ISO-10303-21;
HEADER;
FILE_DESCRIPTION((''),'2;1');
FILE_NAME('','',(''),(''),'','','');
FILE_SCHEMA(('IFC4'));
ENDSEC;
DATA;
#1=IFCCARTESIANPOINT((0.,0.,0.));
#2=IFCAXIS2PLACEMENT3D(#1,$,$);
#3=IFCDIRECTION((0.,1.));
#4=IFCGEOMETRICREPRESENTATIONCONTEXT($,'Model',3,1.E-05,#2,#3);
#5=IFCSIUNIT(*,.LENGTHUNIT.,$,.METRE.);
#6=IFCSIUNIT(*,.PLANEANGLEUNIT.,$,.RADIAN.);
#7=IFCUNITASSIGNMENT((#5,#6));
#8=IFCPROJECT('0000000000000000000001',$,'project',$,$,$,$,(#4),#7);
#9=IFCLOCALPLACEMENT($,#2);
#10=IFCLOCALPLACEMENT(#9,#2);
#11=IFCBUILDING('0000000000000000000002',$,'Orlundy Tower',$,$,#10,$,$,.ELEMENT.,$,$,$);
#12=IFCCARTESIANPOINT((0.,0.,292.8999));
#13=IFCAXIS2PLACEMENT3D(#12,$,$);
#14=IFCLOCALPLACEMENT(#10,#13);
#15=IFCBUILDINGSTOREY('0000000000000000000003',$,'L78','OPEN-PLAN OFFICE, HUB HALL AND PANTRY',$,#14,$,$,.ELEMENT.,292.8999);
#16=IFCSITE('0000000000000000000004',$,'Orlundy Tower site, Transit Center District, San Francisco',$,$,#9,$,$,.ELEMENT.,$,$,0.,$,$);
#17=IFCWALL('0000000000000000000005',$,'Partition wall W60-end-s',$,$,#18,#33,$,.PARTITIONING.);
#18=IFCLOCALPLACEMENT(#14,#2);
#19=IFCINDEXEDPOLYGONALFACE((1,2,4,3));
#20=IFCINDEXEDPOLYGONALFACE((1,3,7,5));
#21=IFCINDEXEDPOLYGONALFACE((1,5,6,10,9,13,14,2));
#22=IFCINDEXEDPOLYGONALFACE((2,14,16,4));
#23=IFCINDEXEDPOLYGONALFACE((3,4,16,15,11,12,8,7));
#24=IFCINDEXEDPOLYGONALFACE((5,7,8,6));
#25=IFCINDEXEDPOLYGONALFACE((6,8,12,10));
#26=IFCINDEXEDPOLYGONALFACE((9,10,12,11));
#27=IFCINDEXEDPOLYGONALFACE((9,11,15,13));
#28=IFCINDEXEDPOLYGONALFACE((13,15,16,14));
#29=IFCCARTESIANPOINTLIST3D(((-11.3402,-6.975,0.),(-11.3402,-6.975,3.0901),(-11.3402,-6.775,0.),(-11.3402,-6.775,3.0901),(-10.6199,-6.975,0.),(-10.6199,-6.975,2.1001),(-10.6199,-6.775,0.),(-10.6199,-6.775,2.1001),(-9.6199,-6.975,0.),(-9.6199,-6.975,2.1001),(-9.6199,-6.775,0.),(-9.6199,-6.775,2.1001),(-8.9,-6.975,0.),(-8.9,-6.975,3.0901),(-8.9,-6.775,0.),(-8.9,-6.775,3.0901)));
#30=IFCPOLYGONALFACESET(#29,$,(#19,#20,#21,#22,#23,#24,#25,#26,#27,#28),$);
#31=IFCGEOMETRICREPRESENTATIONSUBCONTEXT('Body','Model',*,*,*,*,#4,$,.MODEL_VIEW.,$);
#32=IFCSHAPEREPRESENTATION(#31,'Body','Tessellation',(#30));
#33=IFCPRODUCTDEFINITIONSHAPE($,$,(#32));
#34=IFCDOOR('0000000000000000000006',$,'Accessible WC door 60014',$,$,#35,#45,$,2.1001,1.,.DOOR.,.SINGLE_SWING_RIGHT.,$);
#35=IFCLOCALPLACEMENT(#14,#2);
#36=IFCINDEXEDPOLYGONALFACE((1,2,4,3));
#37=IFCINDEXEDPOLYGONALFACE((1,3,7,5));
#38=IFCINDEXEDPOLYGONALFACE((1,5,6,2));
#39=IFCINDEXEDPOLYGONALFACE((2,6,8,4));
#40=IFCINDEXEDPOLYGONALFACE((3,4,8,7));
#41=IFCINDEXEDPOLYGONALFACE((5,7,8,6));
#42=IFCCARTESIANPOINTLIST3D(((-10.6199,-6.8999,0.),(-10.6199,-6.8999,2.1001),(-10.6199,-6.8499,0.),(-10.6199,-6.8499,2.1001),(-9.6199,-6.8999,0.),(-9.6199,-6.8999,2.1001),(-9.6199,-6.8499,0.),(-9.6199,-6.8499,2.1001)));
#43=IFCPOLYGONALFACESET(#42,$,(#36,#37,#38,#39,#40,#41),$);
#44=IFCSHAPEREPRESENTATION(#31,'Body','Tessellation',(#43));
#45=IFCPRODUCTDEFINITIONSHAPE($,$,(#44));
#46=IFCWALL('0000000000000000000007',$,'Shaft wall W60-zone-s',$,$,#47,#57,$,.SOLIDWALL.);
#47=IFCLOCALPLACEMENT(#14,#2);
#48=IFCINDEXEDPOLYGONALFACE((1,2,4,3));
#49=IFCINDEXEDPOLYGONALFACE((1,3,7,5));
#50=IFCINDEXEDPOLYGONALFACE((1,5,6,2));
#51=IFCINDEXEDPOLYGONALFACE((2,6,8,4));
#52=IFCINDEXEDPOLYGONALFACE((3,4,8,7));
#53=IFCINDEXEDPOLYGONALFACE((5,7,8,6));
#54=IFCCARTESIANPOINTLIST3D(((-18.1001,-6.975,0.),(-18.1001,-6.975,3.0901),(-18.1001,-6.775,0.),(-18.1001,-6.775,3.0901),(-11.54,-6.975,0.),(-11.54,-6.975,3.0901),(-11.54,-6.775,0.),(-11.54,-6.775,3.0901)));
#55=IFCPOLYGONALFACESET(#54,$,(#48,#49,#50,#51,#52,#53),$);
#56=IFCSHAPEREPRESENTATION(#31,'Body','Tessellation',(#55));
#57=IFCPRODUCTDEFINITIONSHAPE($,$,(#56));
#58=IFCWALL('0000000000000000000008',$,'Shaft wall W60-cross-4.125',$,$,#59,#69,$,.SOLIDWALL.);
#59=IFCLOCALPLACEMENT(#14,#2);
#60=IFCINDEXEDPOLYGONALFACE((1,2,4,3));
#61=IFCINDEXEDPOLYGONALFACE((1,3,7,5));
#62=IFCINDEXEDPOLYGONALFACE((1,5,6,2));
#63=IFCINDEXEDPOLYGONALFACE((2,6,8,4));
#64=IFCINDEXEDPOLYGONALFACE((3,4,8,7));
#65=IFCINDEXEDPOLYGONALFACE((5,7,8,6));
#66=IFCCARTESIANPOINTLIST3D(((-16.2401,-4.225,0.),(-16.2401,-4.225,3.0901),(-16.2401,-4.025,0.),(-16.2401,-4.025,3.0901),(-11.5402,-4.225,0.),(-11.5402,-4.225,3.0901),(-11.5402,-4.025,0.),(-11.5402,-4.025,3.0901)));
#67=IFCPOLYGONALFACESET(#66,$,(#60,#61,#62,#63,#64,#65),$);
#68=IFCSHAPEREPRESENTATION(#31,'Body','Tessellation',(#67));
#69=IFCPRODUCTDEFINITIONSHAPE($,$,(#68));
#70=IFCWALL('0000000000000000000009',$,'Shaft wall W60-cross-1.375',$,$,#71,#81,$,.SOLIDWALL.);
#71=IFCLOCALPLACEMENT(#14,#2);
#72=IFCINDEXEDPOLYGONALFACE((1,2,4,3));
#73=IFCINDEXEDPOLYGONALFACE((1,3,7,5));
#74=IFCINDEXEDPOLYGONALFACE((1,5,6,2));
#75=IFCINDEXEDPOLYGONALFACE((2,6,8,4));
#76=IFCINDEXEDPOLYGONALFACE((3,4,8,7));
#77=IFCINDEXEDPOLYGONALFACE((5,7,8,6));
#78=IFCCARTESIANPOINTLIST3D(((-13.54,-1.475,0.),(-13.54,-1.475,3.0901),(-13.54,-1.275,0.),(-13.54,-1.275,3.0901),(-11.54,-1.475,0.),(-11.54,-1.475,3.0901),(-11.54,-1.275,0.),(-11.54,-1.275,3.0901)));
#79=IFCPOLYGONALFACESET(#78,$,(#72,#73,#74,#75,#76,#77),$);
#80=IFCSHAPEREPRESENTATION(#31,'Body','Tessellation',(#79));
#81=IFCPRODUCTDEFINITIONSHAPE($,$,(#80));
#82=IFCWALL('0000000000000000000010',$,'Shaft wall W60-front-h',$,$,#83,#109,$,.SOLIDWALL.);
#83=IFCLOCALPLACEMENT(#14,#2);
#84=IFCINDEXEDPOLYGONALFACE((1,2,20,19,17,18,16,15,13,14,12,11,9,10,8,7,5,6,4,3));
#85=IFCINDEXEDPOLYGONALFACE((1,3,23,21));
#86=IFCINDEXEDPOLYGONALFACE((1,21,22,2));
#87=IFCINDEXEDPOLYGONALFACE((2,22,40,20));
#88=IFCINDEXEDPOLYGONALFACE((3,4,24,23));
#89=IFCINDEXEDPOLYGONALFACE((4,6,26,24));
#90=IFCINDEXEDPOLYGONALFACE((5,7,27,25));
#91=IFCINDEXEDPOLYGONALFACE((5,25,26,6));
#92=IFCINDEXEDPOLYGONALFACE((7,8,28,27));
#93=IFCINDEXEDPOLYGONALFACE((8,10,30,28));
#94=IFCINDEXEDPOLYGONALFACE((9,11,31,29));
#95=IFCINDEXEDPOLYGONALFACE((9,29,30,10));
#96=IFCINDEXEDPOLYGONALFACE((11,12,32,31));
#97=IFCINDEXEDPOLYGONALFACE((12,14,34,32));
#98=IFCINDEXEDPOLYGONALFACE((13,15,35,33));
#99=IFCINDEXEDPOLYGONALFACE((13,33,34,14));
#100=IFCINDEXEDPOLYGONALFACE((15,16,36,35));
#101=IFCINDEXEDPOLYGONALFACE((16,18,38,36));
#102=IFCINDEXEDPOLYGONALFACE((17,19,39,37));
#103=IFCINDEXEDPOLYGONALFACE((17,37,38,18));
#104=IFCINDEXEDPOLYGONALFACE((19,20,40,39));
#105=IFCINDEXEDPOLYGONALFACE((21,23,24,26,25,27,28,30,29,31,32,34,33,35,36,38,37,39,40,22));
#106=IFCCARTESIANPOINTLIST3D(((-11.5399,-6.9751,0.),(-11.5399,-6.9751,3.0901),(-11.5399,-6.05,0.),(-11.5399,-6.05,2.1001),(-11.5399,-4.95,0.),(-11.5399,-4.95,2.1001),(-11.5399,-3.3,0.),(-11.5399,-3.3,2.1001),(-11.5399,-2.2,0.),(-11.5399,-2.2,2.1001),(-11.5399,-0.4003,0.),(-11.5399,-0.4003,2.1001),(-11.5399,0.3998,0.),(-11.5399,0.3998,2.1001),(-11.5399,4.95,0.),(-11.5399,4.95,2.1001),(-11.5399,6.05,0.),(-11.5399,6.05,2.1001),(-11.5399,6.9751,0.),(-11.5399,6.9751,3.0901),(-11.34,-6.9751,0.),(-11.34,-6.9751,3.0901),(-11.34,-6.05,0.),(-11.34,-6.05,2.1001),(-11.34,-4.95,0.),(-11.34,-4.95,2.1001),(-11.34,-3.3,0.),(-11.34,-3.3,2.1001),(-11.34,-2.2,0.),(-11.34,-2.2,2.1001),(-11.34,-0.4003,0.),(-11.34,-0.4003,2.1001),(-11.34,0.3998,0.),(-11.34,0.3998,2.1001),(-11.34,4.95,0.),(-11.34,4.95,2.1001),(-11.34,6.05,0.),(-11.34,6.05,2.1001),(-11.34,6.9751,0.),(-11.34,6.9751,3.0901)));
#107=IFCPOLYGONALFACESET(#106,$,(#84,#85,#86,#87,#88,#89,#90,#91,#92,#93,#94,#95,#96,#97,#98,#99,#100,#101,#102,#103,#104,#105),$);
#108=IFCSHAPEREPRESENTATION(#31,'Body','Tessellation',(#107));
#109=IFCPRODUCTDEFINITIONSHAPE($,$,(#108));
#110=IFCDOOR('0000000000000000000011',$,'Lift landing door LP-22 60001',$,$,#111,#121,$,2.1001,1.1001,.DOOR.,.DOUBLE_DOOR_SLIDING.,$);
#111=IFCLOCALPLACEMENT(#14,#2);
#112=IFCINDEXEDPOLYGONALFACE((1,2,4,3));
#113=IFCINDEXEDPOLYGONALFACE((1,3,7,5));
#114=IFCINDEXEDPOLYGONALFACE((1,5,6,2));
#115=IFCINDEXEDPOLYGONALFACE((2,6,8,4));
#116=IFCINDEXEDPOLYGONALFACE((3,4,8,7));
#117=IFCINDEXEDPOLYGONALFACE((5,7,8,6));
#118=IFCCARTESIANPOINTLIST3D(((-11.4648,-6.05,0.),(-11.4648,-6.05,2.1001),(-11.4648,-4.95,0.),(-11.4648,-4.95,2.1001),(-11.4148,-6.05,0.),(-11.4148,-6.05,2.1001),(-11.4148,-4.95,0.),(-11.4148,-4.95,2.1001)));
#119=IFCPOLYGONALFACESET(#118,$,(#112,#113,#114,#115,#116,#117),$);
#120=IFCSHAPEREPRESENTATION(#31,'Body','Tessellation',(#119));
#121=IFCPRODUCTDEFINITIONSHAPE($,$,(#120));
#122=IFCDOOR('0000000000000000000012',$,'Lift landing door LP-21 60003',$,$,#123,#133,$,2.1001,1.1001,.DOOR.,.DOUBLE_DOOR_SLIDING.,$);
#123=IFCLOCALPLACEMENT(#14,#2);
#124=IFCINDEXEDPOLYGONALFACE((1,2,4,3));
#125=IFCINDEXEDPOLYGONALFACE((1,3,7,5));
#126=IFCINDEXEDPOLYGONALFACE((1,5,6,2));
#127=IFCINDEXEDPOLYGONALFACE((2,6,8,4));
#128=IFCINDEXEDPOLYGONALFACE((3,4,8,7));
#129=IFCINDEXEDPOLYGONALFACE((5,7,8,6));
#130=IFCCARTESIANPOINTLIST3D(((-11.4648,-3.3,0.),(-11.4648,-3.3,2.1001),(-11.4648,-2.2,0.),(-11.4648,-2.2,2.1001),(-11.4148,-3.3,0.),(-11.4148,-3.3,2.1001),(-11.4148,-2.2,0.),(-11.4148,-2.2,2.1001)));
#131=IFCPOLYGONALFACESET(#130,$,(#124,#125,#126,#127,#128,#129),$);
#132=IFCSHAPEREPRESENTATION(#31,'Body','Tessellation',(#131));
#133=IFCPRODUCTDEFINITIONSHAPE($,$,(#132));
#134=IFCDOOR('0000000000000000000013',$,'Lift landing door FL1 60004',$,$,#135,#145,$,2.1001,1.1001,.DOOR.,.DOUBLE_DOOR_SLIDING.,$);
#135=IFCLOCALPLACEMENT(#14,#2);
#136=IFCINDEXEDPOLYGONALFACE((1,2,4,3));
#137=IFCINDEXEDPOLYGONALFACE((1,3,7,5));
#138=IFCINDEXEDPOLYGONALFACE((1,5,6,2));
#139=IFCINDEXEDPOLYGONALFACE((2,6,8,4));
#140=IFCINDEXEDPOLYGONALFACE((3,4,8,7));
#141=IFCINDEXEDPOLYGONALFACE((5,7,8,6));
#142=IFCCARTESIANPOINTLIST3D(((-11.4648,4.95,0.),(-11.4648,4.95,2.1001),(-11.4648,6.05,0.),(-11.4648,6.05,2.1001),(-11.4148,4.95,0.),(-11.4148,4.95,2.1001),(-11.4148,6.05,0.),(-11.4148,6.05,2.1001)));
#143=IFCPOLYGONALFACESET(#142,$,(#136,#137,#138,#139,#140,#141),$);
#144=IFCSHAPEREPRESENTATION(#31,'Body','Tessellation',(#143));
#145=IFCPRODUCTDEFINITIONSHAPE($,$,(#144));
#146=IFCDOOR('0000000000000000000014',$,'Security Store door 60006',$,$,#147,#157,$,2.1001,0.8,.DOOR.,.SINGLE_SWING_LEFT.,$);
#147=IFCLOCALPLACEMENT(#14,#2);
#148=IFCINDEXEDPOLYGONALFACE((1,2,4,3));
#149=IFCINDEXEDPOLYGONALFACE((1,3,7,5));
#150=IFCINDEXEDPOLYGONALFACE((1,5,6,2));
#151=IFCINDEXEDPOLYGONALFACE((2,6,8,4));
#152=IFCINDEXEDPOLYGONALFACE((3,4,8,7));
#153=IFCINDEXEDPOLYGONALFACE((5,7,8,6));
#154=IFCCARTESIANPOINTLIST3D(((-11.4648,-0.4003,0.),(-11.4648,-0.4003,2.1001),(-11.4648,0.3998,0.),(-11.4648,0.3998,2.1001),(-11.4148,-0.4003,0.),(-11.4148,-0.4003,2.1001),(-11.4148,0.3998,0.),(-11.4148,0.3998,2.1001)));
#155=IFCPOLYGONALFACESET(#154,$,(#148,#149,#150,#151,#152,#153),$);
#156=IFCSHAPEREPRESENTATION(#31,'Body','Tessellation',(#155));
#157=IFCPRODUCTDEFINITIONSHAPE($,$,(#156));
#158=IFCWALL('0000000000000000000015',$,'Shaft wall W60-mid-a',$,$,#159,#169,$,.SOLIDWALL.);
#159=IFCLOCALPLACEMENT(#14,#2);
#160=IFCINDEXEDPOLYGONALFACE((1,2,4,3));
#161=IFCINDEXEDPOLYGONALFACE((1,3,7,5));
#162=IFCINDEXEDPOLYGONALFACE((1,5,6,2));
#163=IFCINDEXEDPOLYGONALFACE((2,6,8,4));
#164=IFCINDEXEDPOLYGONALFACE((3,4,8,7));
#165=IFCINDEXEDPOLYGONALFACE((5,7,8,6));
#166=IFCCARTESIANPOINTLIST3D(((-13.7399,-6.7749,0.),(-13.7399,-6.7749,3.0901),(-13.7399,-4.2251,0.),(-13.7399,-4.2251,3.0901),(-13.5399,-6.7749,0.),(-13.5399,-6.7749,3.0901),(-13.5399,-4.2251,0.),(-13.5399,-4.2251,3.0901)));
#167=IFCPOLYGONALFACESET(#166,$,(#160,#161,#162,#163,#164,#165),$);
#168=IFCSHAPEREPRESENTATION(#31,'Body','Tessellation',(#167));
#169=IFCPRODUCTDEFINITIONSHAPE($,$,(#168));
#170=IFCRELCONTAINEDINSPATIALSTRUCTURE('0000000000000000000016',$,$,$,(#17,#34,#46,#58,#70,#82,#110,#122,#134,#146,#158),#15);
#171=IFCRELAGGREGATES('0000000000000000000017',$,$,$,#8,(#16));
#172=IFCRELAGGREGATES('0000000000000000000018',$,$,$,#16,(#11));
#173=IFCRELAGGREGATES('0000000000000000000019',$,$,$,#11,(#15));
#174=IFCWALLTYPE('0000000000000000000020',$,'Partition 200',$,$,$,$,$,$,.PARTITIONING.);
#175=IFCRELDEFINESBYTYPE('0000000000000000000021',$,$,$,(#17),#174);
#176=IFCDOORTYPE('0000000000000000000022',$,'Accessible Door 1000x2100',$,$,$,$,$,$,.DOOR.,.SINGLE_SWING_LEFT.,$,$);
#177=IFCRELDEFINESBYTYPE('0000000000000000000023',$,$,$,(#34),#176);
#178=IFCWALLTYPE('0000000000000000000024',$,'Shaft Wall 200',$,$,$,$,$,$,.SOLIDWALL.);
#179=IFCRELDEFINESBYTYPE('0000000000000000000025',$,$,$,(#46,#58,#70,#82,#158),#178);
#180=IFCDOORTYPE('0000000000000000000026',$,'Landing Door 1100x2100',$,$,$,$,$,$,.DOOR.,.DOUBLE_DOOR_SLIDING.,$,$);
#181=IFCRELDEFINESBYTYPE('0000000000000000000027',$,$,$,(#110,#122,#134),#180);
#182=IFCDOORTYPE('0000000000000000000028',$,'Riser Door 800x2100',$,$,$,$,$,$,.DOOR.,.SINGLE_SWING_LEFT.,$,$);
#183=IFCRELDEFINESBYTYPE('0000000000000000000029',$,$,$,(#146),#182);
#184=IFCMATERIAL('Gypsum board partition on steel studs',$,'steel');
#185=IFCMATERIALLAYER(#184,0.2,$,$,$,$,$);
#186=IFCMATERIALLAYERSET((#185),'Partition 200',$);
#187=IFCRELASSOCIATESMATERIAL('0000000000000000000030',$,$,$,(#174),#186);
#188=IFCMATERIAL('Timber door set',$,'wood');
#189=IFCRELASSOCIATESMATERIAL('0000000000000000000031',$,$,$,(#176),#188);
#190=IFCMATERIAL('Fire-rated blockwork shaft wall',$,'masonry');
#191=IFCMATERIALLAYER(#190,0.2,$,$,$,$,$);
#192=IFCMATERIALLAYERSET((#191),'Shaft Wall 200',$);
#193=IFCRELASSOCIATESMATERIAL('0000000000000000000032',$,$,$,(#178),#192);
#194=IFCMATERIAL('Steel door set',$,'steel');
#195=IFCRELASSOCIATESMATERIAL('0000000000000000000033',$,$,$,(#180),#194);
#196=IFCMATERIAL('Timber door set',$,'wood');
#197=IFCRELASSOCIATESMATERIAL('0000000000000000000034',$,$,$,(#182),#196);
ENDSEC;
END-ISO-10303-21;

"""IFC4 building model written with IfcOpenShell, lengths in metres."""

from ifc_helpers import new_model, si_unit, direction, frame, frame_2d, origin, place, context, subcontext, project, spatial, rectangle, extrude, material, layer, layer_set, type_object, element, fill, save


model = new_model("IFC4")

# Units and contexts
model_context = context("Model", 3, precision=1e-05, world=origin(), true_north=direction((0.0, 1.0)))
body_context = subcontext(model_context, "Body", "Model", "MODEL_VIEW")
ifc_project = project(units=[si_unit("LENGTHUNIT", "METRE"), si_unit("PLANEANGLEUNIT", "RADIAN")], contexts=[model_context])

# Site, building, storey
site_placement = place(None, origin())
site = spatial("IfcSite", under=ifc_project, at=site_placement, Name="Orlundy Tower site, Transit Center District, San Francisco", CompositionType="ELEMENT", RefElevation=0.0)
building_placement = place(site_placement, origin())
building = spatial("IfcBuilding", under=site, at=building_placement, Name="Orlundy Tower", CompositionType="ELEMENT")
storey_placement = place(building_placement, frame((0.0, 0.0, 292.8999)))
storey = spatial("IfcBuildingStorey", under=building, at=storey_placement, Name="L78", Description="OPEN-PLAN OFFICE, HUB HALL AND PANTRY", CompositionType="ELEMENT", Elevation=292.8999)

# Wall, opening, door
ifc_material_1 = material(Name="Gypsum board partition on steel studs", Category="steel")
ifc_layer_1 = layer(ifc_material_1, 0.2)
ifc_layer_set_1 = layer_set([ifc_layer_1], Name="Partition 200")
wall_type_1 = type_object("IfcWallType", Name="Partition 200", PredefinedType="PARTITIONING", material=ifc_layer_set_1)
wall_1_placement = place(storey_placement, frame((-8.8999, -6.875, 0.0), z_axis=(0.0, 0.0, 1.0), x_axis=(-1.0, 0.0, 0.0)))
wall_1 = element("IfcWall", 1, at=wall_1_placement, inside=storey, type_object=wall_type_1, Name="Partition wall W60-end-s", PredefinedType="PARTITIONING", context=body_context, shape_type="SweptSolid", body=[
    extrude(rectangle(XDim=2.4402, YDim=0.2, at=frame_2d((1.2202, 0.0))), origin(), (0.0, 0.0, 1.0), 3.0901),
])
opening_1_placement = place(wall_1_placement, frame((0.72, 0.0, 0.0)))
opening_1 = element("IfcOpeningElement", 2, at=opening_1_placement, cuts=wall_1, PredefinedType="OPENING", context=body_context, shape_type="SweptSolid", body=[
    extrude(rectangle(XDim=1.0, YDim=2.1001, at=frame_2d((0.5, 1.05))), frame((0.0, 0.1101, 0.0), z_axis=(0.0, -1.0, 0.0), x_axis=(1.0, 0.0, 0.0)), (0.0, 0.0, 1.0), 0.2202),
])
ifc_material_2 = material(Name="Timber door set", Category="wood")
door_type_1 = type_object("IfcDoorType", Name="Accessible Door 1000x2100", OperationType="SINGLE_SWING_LEFT", PredefinedType="DOOR", material=ifc_material_2)
door_1_placement = place(opening_1_placement, origin())
door_1 = element("IfcDoor", 3, at=door_1_placement, inside=storey, type_object=door_type_1, Name="Accessible WC door 60014", OperationType="SINGLE_SWING_RIGHT", OverallHeight=2.1001, OverallWidth=1.0, PredefinedType="DOOR", context=body_context, shape_type="SweptSolid", body=[
    extrude(rectangle(XDim=1.0, YDim=2.1001, at=frame_2d((0.5, 1.05))), frame((0.0, 0.0249, 0.0), z_axis=(0.0, -1.0, 0.0), x_axis=(1.0, 0.0, 0.0)), (0.0, 0.0, 1.0), 0.05),
])
fill(opening_1, door_1)

# Walls
ifc_material_3 = material(Name="Fire-rated blockwork shaft wall", Category="masonry")
ifc_layer_2 = layer(ifc_material_3, 0.2)
ifc_layer_set_2 = layer_set([ifc_layer_2], Name="Shaft Wall 200")
wall_type_2 = type_object("IfcWallType", Name="Shaft Wall 200", PredefinedType="SOLIDWALL", material=ifc_layer_set_2)
wall_2_placement = place(storey_placement, frame((-11.54, -6.875, 0.0), z_axis=(0.0, 0.0, 1.0), x_axis=(-1.0, 0.0, 0.0)))
element("IfcWall", 4, at=wall_2_placement, inside=storey, type_object=wall_type_2, Name="Shaft wall W60-zone-s", PredefinedType="SOLIDWALL", context=body_context, shape_type="SweptSolid", body=[
    extrude(rectangle(XDim=6.5601, YDim=0.2, at=frame_2d((3.28, 0.0))), origin(), (0.0, 0.0, 1.0), 3.0901),
])
wall_3_placement = place(storey_placement, frame((-11.54, -4.125, 0.0), z_axis=(0.0, 0.0, 1.0), x_axis=(-1.0, 0.0, 0.0)))
element("IfcWall", 5, at=wall_3_placement, inside=storey, type_object=wall_type_2, Name="Shaft wall W60-cross-4.125", PredefinedType="SOLIDWALL", context=body_context, shape_type="SweptSolid", body=[
    extrude(rectangle(XDim=4.7, YDim=0.2, at=frame_2d((2.3501, 0.0))), origin(), (0.0, 0.0, 1.0), 3.0901),
])
wall_4_placement = place(storey_placement, frame((-11.54, -1.375, 0.0), z_axis=(0.0, 0.0, 1.0), x_axis=(-1.0, 0.0, 0.0)))
element("IfcWall", 6, at=wall_4_placement, inside=storey, type_object=wall_type_2, Name="Shaft wall W60-cross-1.375", PredefinedType="SOLIDWALL", context=body_context, shape_type="SweptSolid", body=[
    extrude(rectangle(XDim=2.0, YDim=0.2, at=frame_2d((1.0, 0.0))), origin(), (0.0, 0.0, 1.0), 3.0901),
])

# Wall, openings, doors
wall_5_placement = place(storey_placement, frame((-11.4399, -6.9751, 0.0), z_axis=(0.0, 0.0, 1.0), x_axis=(0.0, 1.0, 0.0)))
wall_5 = element("IfcWall", 7, at=wall_5_placement, inside=storey, type_object=wall_type_2, Name="Shaft wall W60-front-h", PredefinedType="SOLIDWALL", context=body_context, shape_type="SweptSolid", body=[
    extrude(rectangle(XDim=13.9502, YDim=0.2, at=frame_2d((6.9751, 0.0))), origin(), (0.0, 0.0, 1.0), 3.0901),
])
opening_2_placement = place(wall_5_placement, frame((0.925, 0.0, 0.0)))
opening_2 = element("IfcOpeningElement", 8, at=opening_2_placement, cuts=wall_5, PredefinedType="OPENING", context=body_context, shape_type="SweptSolid", body=[
    extrude(rectangle(XDim=1.1001, YDim=2.1001, at=frame_2d((0.55, 1.05))), frame((0.0, 0.1101, 0.0), z_axis=(0.0, -1.0, 0.0), x_axis=(1.0, 0.0, 0.0)), (0.0, 0.0, 1.0), 0.2202),
])
opening_3_placement = place(wall_5_placement, frame((3.675, 0.0, 0.0)))
opening_3 = element("IfcOpeningElement", 9, at=opening_3_placement, cuts=wall_5, PredefinedType="OPENING", context=body_context, shape_type="SweptSolid", body=[
    extrude(rectangle(XDim=1.1001, YDim=2.1001, at=frame_2d((0.55, 1.05))), frame((0.0, 0.1101, 0.0), z_axis=(0.0, -1.0, 0.0), x_axis=(1.0, 0.0, 0.0)), (0.0, 0.0, 1.0), 0.2202),
])
opening_4_placement = place(wall_5_placement, frame((11.925, 0.0, 0.0)))
opening_4 = element("IfcOpeningElement", 10, at=opening_4_placement, cuts=wall_5, PredefinedType="OPENING", context=body_context, shape_type="SweptSolid", body=[
    extrude(rectangle(XDim=1.1001, YDim=2.1001, at=frame_2d((0.55, 1.05))), frame((0.0, 0.1101, 0.0), z_axis=(0.0, -1.0, 0.0), x_axis=(1.0, 0.0, 0.0)), (0.0, 0.0, 1.0), 0.2202),
])
opening_5_placement = place(wall_5_placement, frame((6.575, 0.0, 0.0)))
opening_5 = element("IfcOpeningElement", 11, at=opening_5_placement, cuts=wall_5, PredefinedType="OPENING", context=body_context, shape_type="SweptSolid", body=[
    extrude(rectangle(XDim=0.8, YDim=2.1001, at=frame_2d((0.3999, 1.05))), frame((0.0, 0.1101, 0.0), z_axis=(0.0, -1.0, 0.0), x_axis=(1.0, 0.0, 0.0)), (0.0, 0.0, 1.0), 0.2202),
])
ifc_material_4 = material(Name="Steel door set", Category="steel")
door_type_2 = type_object("IfcDoorType", Name="Landing Door 1100x2100", OperationType="DOUBLE_DOOR_SLIDING", PredefinedType="DOOR", material=ifc_material_4)
door_2_placement = place(opening_2_placement, origin())
door_2 = element("IfcDoor", 12, at=door_2_placement, inside=storey, type_object=door_type_2, Name="Lift landing door LP-22 60001", OperationType="DOUBLE_DOOR_SLIDING", OverallHeight=2.1001, OverallWidth=1.1001, PredefinedType="DOOR", context=body_context, shape_type="SweptSolid", body=[
    extrude(rectangle(XDim=1.1001, YDim=2.1001, at=frame_2d((0.55, 1.05))), frame((0.0, 0.0249, 0.0), z_axis=(0.0, -1.0, 0.0), x_axis=(1.0, 0.0, 0.0)), (0.0, 0.0, 1.0), 0.05),
])
fill(opening_2, door_2)
door_3_placement = place(opening_3_placement, origin())
door_3 = element("IfcDoor", 13, at=door_3_placement, inside=storey, type_object=door_type_2, Name="Lift landing door LP-21 60003", OperationType="DOUBLE_DOOR_SLIDING", OverallHeight=2.1001, OverallWidth=1.1001, PredefinedType="DOOR", context=body_context, shape_type="SweptSolid", body=[
    extrude(rectangle(XDim=1.1001, YDim=2.1001, at=frame_2d((0.55, 1.05))), frame((0.0, 0.0249, 0.0), z_axis=(0.0, -1.0, 0.0), x_axis=(1.0, 0.0, 0.0)), (0.0, 0.0, 1.0), 0.05),
])
fill(opening_3, door_3)
door_4_placement = place(opening_4_placement, origin())
door_4 = element("IfcDoor", 14, at=door_4_placement, inside=storey, type_object=door_type_2, Name="Lift landing door FL1 60004", OperationType="DOUBLE_DOOR_SLIDING", OverallHeight=2.1001, OverallWidth=1.1001, PredefinedType="DOOR", context=body_context, shape_type="SweptSolid", body=[
    extrude(rectangle(XDim=1.1001, YDim=2.1001, at=frame_2d((0.55, 1.05))), frame((0.0, 0.0249, 0.0), z_axis=(0.0, -1.0, 0.0), x_axis=(1.0, 0.0, 0.0)), (0.0, 0.0, 1.0), 0.05),
])
fill(opening_4, door_4)
ifc_material_5 = material(Name="Timber door set", Category="wood")
door_type_3 = type_object("IfcDoorType", Name="Riser Door 800x2100", OperationType="SINGLE_SWING_LEFT", PredefinedType="DOOR", material=ifc_material_5)
door_5_placement = place(opening_5_placement, origin())
door_5 = element("IfcDoor", 15, at=door_5_placement, inside=storey, type_object=door_type_3, Name="Security Store door 60006", OperationType="SINGLE_SWING_LEFT", OverallHeight=2.1001, OverallWidth=0.8, PredefinedType="DOOR", context=body_context, shape_type="SweptSolid", body=[
    extrude(rectangle(XDim=0.8, YDim=2.1001, at=frame_2d((0.3999, 1.05))), frame((0.0, 0.0249, 0.0), z_axis=(0.0, -1.0, 0.0), x_axis=(1.0, 0.0, 0.0)), (0.0, 0.0, 1.0), 0.05),
])
fill(opening_5, door_5)

# Wall
wall_6_placement = place(storey_placement, frame((-13.6399, -6.7749, 0.0), z_axis=(0.0, 0.0, 1.0), x_axis=(0.0, 1.0, 0.0)))
element("IfcWall", 16, at=wall_6_placement, inside=storey, type_object=wall_type_2, Name="Shaft wall W60-mid-a", PredefinedType="SOLIDWALL", context=body_context, shape_type="SweptSolid", body=[
    extrude(rectangle(XDim=2.5498, YDim=0.2, at=frame_2d((1.2749, 0.0))), origin(), (0.0, 0.0, 1.0), 3.0901),
])

save(model, "model.ifc")
